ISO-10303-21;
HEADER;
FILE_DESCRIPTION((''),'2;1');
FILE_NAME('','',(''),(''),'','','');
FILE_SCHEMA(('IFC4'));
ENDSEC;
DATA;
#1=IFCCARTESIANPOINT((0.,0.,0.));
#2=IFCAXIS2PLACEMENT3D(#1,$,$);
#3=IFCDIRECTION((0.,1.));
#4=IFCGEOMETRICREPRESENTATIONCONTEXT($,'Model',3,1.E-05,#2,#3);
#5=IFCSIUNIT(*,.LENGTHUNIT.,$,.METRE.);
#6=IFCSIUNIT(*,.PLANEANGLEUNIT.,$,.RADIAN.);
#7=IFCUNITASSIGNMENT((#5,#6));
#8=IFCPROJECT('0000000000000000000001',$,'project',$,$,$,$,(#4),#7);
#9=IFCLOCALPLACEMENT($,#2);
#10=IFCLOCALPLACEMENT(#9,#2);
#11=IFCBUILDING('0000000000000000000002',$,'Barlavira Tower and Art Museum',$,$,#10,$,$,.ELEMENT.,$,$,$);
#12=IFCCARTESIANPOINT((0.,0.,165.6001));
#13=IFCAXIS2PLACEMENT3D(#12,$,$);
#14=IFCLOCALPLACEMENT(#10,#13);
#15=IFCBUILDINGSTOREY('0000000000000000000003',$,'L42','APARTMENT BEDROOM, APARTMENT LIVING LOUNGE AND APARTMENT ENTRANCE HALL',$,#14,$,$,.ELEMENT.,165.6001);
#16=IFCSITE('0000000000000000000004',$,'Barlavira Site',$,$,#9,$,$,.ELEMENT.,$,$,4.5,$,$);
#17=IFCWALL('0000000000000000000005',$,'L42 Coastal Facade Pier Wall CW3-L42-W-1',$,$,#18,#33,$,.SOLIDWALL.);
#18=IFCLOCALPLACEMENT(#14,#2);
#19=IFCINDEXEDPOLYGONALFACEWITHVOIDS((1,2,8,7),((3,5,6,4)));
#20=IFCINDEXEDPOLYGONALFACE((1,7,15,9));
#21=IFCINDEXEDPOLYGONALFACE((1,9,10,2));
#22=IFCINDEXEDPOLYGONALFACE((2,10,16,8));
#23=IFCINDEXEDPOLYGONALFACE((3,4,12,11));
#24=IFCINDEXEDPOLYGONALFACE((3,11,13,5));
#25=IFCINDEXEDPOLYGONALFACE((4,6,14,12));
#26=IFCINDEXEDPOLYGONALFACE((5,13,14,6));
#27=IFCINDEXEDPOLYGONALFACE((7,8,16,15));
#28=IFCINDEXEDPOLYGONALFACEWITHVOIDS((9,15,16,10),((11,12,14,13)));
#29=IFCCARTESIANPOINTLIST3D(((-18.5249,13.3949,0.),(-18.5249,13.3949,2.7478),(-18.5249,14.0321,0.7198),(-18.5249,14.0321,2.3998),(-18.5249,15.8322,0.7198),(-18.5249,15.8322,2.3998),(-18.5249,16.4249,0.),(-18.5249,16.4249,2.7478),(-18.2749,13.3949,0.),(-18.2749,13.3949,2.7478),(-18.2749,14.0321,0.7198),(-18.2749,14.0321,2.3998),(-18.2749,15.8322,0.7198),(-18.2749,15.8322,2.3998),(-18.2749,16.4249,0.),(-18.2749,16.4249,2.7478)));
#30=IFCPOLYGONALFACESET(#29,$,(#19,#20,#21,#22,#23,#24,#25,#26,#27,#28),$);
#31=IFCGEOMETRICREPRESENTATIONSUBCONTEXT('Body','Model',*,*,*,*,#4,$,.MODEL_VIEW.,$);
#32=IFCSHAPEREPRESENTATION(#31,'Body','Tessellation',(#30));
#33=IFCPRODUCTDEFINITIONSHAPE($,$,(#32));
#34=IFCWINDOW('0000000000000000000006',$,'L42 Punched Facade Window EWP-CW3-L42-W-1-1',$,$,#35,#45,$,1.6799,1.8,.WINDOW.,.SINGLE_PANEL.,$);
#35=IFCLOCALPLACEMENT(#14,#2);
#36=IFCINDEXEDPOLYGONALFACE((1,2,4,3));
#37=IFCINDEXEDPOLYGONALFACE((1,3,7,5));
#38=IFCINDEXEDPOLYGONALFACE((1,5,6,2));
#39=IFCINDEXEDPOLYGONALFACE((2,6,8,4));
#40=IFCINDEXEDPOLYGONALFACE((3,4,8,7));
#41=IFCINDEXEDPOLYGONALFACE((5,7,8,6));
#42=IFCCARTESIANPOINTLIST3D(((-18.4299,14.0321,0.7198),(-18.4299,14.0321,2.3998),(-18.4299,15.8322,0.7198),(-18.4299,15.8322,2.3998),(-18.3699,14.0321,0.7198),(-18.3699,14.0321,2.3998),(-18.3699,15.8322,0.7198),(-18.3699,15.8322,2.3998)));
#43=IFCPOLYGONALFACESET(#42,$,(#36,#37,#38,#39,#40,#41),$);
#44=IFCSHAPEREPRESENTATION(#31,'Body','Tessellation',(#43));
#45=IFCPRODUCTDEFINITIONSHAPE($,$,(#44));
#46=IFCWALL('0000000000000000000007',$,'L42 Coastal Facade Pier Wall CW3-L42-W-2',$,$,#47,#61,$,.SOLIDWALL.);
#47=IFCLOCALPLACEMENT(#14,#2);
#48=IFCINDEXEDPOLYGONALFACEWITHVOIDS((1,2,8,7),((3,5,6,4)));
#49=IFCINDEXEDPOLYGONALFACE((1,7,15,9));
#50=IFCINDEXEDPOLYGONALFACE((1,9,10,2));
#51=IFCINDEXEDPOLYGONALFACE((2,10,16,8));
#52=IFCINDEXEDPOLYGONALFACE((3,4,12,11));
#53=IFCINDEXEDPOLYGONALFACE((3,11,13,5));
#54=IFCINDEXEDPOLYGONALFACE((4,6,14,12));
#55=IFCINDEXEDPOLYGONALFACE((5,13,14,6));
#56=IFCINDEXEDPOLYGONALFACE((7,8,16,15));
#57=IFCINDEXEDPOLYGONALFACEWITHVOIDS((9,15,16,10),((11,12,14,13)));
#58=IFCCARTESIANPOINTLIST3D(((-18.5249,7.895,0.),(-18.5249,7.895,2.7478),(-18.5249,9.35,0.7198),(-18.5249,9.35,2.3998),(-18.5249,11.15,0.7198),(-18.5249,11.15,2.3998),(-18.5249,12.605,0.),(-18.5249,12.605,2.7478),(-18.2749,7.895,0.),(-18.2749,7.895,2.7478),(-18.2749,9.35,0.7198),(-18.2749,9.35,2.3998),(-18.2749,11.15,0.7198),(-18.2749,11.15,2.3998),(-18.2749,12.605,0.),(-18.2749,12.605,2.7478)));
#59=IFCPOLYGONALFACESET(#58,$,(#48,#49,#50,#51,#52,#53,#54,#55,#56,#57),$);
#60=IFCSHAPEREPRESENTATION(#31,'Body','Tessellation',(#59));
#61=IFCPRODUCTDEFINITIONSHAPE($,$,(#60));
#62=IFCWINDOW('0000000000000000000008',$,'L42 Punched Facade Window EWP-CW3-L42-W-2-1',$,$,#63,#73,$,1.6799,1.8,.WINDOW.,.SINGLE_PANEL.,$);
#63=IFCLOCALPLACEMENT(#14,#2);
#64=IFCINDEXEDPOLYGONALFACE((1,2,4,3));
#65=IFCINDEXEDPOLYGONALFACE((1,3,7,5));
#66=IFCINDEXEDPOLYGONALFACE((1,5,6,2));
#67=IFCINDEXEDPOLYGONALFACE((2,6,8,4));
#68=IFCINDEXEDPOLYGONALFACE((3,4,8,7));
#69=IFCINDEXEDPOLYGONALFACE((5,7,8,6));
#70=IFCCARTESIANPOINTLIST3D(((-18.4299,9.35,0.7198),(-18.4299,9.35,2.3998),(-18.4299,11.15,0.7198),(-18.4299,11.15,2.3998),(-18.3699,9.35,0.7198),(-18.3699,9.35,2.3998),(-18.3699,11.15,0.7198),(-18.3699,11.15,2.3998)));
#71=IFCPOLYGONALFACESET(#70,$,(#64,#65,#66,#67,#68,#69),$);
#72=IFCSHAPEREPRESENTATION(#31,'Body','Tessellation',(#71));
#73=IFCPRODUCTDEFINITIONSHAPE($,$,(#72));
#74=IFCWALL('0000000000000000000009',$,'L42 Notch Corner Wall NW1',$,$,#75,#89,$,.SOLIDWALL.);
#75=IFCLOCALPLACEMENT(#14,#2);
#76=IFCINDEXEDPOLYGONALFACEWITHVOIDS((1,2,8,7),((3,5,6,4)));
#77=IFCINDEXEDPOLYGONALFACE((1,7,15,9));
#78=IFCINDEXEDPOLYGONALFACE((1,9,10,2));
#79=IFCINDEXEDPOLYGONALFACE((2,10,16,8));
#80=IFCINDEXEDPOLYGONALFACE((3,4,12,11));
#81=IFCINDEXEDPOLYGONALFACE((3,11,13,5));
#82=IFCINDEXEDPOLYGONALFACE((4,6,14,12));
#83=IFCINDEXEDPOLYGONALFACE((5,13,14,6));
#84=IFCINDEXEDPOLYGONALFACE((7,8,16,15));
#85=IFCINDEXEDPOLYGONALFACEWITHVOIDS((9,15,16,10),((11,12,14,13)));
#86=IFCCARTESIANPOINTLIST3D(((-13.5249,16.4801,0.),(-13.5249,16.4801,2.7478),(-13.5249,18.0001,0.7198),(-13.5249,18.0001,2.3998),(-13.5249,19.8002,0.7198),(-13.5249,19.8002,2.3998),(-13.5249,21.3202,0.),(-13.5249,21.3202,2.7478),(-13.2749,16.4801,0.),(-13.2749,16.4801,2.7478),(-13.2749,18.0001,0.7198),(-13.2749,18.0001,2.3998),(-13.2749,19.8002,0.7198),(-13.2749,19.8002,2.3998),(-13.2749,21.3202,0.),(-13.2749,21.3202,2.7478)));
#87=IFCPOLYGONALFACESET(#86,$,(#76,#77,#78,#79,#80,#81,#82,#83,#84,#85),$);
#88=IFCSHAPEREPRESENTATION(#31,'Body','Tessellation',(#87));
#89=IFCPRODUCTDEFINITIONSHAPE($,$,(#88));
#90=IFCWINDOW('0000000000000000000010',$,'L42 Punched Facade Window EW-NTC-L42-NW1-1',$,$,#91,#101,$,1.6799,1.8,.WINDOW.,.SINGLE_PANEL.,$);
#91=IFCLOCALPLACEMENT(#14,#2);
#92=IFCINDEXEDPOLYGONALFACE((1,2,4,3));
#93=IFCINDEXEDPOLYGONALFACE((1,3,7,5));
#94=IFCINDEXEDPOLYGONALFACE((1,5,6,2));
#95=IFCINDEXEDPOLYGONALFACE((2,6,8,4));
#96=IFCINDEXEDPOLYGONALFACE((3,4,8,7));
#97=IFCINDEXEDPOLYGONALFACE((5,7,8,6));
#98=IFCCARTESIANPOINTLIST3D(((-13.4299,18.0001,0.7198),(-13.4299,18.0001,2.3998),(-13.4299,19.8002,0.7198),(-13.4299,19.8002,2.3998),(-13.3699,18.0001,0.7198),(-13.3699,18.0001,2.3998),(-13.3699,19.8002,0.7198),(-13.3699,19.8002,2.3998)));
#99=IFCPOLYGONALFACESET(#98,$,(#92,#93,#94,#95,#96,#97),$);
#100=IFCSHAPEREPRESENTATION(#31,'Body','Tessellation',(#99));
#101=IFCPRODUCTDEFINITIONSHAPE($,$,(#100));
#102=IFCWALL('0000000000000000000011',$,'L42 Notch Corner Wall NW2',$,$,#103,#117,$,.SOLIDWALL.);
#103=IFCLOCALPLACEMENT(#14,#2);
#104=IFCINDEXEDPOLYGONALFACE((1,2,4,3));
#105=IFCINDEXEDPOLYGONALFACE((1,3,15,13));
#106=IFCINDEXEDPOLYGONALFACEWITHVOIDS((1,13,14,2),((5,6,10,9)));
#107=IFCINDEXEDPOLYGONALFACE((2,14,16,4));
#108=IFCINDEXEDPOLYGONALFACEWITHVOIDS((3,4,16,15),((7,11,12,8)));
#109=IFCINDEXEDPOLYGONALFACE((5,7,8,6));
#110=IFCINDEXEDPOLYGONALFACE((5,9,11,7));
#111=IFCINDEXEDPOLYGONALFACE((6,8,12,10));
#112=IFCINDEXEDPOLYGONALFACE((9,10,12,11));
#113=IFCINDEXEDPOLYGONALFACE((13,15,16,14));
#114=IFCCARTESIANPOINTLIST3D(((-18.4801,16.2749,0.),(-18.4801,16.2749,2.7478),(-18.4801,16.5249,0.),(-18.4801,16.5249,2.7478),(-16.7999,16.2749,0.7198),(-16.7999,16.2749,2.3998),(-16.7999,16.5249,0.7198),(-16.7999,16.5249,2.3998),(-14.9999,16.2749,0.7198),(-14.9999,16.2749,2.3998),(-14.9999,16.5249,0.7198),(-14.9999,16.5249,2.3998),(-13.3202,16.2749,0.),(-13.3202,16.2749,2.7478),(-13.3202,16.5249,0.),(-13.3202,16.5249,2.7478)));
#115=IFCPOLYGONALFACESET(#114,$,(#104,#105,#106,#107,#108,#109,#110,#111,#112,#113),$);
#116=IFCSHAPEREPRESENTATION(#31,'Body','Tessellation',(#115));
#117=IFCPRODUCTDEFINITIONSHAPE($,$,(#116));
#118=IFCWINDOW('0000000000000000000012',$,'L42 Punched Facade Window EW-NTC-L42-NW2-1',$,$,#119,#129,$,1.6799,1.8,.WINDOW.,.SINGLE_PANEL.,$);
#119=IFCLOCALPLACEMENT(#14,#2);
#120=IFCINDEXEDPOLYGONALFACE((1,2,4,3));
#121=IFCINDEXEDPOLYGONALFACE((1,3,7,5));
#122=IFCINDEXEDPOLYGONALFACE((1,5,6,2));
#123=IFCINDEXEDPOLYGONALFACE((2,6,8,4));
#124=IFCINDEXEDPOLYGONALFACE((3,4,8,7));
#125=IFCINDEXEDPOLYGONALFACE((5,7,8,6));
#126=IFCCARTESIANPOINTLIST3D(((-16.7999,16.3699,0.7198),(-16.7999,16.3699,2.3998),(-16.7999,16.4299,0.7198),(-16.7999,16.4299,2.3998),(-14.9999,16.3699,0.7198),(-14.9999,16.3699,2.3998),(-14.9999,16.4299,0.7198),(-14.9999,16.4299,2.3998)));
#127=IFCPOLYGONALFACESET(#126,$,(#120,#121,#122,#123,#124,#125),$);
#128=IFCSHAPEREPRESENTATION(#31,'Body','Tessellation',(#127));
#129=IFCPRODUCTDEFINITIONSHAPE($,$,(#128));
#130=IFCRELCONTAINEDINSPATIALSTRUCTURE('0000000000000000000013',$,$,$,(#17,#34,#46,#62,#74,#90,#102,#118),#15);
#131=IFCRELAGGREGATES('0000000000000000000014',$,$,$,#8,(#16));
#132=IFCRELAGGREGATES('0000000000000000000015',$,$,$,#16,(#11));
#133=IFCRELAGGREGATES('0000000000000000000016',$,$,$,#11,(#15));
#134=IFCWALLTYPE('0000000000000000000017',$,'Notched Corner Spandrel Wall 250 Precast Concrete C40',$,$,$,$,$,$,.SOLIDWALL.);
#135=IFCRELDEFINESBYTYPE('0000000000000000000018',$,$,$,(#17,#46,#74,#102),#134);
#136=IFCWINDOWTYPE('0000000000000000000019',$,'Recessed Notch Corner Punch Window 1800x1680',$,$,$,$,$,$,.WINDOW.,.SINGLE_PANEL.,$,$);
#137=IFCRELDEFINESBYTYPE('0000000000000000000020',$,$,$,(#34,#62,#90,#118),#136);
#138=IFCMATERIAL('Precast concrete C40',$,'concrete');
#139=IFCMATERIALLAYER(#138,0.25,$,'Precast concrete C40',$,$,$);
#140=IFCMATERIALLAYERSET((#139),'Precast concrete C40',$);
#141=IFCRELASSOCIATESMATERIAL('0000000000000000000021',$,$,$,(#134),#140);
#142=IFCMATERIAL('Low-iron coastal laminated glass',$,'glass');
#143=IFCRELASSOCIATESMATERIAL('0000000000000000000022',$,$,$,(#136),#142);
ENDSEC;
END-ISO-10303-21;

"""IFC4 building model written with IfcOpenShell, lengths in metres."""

from ifc_helpers import new_model, si_unit, direction, frame, frame_2d, origin, place, context, subcontext, project, spatial, rectangle, extrude, material, layer, layer_set, type_object, element, fill, save


model = new_model("IFC4")

# Units and contexts
model_context = context("Model", 3, precision=1e-05, world=origin(), true_north=direction((0.0, 1.0)))
body_context = subcontext(model_context, "Body", "Model", "MODEL_VIEW")
ifc_project = project(units=[si_unit("LENGTHUNIT", "METRE"), si_unit("PLANEANGLEUNIT", "RADIAN")], contexts=[model_context])

# Site, building, storey
site_placement = place(None, origin())
site = spatial("IfcSite", under=ifc_project, at=site_placement, Name="Barlavira Site", CompositionType="ELEMENT", RefElevation=4.5)
building_placement = place(site_placement, origin())
building = spatial("IfcBuilding", under=site, at=building_placement, Name="Barlavira Tower and Art Museum", CompositionType="ELEMENT")
storey_placement = place(building_placement, frame((0.0, 0.0, 165.6001)))
storey = spatial("IfcBuildingStorey", under=building, at=storey_placement, Name="L42", Description="APARTMENT BEDROOM, APARTMENT LIVING LOUNGE AND APARTMENT ENTRANCE HALL", CompositionType="ELEMENT", Elevation=165.6001)

# Walls, openings, windows
ifc_material_1 = material(Name="Precast concrete C40", Category="concrete")
ifc_layer_1 = layer(ifc_material_1, 0.25, Name="Precast concrete C40")
ifc_layer_set_1 = layer_set([ifc_layer_1], Name="Precast concrete C40")
wall_type_1 = type_object("IfcWallType", Name="Notched Corner Spandrel Wall 250 Precast Concrete C40", PredefinedType="SOLIDWALL", material=ifc_layer_set_1)
ifc_material_2 = material(Name="Low-iron coastal laminated glass", Category="glass")
wall_1_placement = place(storey_placement, frame((-18.3999, 16.425, 0.0), z_axis=(0.0, 0.0, 1.0), x_axis=(0.0, -1.0, 0.0)))
wall_1 = element("IfcWall", 1, at=wall_1_placement, inside=storey, type_object=wall_type_1, Name="L42 Coastal Facade Pier Wall CW3-L42-W-1", PredefinedType="SOLIDWALL", context=body_context, shape_type="SweptSolid", body=[
    extrude(rectangle(XDim=3.03, YDim=0.25, at=frame_2d((1.5151, 0.0))), origin(), (0.0, 0.0, 1.0), 2.7478),
])
opening_1_placement = place(wall_1_placement, frame((0.593, 0.0, 0.72)))
opening_1 = element("IfcOpeningElement", 2, at=opening_1_placement, cuts=wall_1, PredefinedType="OPENING", context=body_context, shape_type="SweptSolid", body=[
    extrude(rectangle(XDim=1.8, YDim=1.6799, at=frame_2d((0.8999, 0.8398))), frame((0.0, 0.135, 0.0), z_axis=(0.0, -1.0, 0.0), x_axis=(1.0, 0.0, 0.0)), (0.0, 0.0, 1.0), 0.27),
])
window_type_1 = type_object("IfcWindowType", Name="Recessed Notch Corner Punch Window 1800x1680", PartitioningType="SINGLE_PANEL", PredefinedType="WINDOW", material=ifc_material_2)
window_1_placement = place(opening_1_placement, origin())
window_1 = element("IfcWindow", 3, at=window_1_placement, inside=storey, type_object=window_type_1, Name="L42 Punched Facade Window EWP-CW3-L42-W-1-1", OverallHeight=1.6799, OverallWidth=1.8, PartitioningType="SINGLE_PANEL", PredefinedType="WINDOW", context=body_context, shape_type="SweptSolid", body=[
    extrude(rectangle(XDim=1.8, YDim=1.6799, at=frame_2d((0.8999, 0.8398))), frame((0.0, 0.03, 0.0), z_axis=(0.0, -1.0, 0.0), x_axis=(1.0, 0.0, 0.0)), (0.0, 0.0, 1.0), 0.0601),
])
fill(opening_1, window_1)
wall_2_placement = place(storey_placement, frame((-18.3999, 12.605, 0.0), z_axis=(0.0, 0.0, 1.0), x_axis=(0.0, -1.0, 0.0)))
wall_2 = element("IfcWall", 4, at=wall_2_placement, inside=storey, type_object=wall_type_1, Name="L42 Coastal Facade Pier Wall CW3-L42-W-2", PredefinedType="SOLIDWALL", context=body_context, shape_type="SweptSolid", body=[
    extrude(rectangle(XDim=4.71, YDim=0.25, at=frame_2d((2.355, 0.0))), origin(), (0.0, 0.0, 1.0), 2.7478),
])
opening_2_placement = place(wall_2_placement, frame((1.4551, 0.0, 0.72)))
opening_2 = element("IfcOpeningElement", 5, at=opening_2_placement, cuts=wall_2, PredefinedType="OPENING", context=body_context, shape_type="SweptSolid", body=[
    extrude(rectangle(XDim=1.8, YDim=1.6799, at=frame_2d((0.8999, 0.8398))), frame((0.0, 0.135, 0.0), z_axis=(0.0, -1.0, 0.0), x_axis=(1.0, 0.0, 0.0)), (0.0, 0.0, 1.0), 0.27),
])
window_2_placement = place(opening_2_placement, origin())
window_2 = element("IfcWindow", 6, at=window_2_placement, inside=storey, type_object=window_type_1, Name="L42 Punched Facade Window EWP-CW3-L42-W-2-1", OverallHeight=1.6799, OverallWidth=1.8, PartitioningType="SINGLE_PANEL", PredefinedType="WINDOW", context=body_context, shape_type="SweptSolid", body=[
    extrude(rectangle(XDim=1.8, YDim=1.6799, at=frame_2d((0.8999, 0.8398))), frame((0.0, 0.03, 0.0), z_axis=(0.0, -1.0, 0.0), x_axis=(1.0, 0.0, 0.0)), (0.0, 0.0, 1.0), 0.0601),
])
fill(opening_2, window_2)
wall_3_placement = place(storey_placement, frame((-13.3999, 21.3201, 0.0), z_axis=(0.0, 0.0, 1.0), x_axis=(0.0, -1.0, 0.0)))
wall_3 = element("IfcWall", 7, at=wall_3_placement, inside=storey, type_object=wall_type_1, Name="L42 Notch Corner Wall NW1", PredefinedType="SOLIDWALL", context=body_context, shape_type="SweptSolid", body=[
    extrude(rectangle(XDim=4.8401, YDim=0.25, at=frame_2d((2.4199, 0.0))), origin(), (0.0, 0.0, 1.0), 2.7478),
])
opening_3_placement = place(wall_3_placement, frame((1.52, 0.0, 0.72)))
opening_3 = element("IfcOpeningElement", 8, at=opening_3_placement, cuts=wall_3, PredefinedType="OPENING", context=body_context, shape_type="SweptSolid", body=[
    extrude(rectangle(XDim=1.8, YDim=1.6799, at=frame_2d((0.8999, 0.8398))), frame((0.0, 0.135, 0.0), z_axis=(0.0, -1.0, 0.0), x_axis=(1.0, 0.0, 0.0)), (0.0, 0.0, 1.0), 0.27),
])
window_3_placement = place(opening_3_placement, origin())
window_3 = element("IfcWindow", 9, at=window_3_placement, inside=storey, type_object=window_type_1, Name="L42 Punched Facade Window EW-NTC-L42-NW1-1", OverallHeight=1.6799, OverallWidth=1.8, PartitioningType="SINGLE_PANEL", PredefinedType="WINDOW", context=body_context, shape_type="SweptSolid", body=[
    extrude(rectangle(XDim=1.8, YDim=1.6799, at=frame_2d((0.8999, 0.8398))), frame((0.0, 0.03, 0.0), z_axis=(0.0, -1.0, 0.0), x_axis=(1.0, 0.0, 0.0)), (0.0, 0.0, 1.0), 0.0601),
])
fill(opening_3, window_3)
wall_4_placement = place(storey_placement, frame((-13.3201, 16.3999, 0.0), z_axis=(0.0, 0.0, 1.0), x_axis=(-1.0, 0.0, 0.0)))
wall_4 = element("IfcWall", 10, at=wall_4_placement, inside=storey, type_object=wall_type_1, Name="L42 Notch Corner Wall NW2", PredefinedType="SOLIDWALL", context=body_context, shape_type="SweptSolid", body=[
    extrude(rectangle(XDim=5.1599, YDim=0.25, at=frame_2d((2.5801, 0.0))), origin(), (0.0, 0.0, 1.0), 2.7478),
])
opening_4_placement = place(wall_4_placement, frame((1.6799, 0.0, 0.72)))
opening_4 = element("IfcOpeningElement", 11, at=opening_4_placement, cuts=wall_4, PredefinedType="OPENING", context=body_context, shape_type="SweptSolid", body=[
    extrude(rectangle(XDim=1.8, YDim=1.6799, at=frame_2d((0.8999, 0.8398))), frame((0.0, 0.135, 0.0), z_axis=(0.0, -1.0, 0.0), x_axis=(1.0, 0.0, 0.0)), (0.0, 0.0, 1.0), 0.27),
])
window_4_placement = place(opening_4_placement, origin())
window_4 = element("IfcWindow", 12, at=window_4_placement, inside=storey, type_object=window_type_1, Name="L42 Punched Facade Window EW-NTC-L42-NW2-1", OverallHeight=1.6799, OverallWidth=1.8, PartitioningType="SINGLE_PANEL", PredefinedType="WINDOW", context=body_context, shape_type="SweptSolid", body=[
    extrude(rectangle(XDim=1.8, YDim=1.6799, at=frame_2d((0.8999, 0.8398))), frame((0.0, 0.03, 0.0), z_axis=(0.0, -1.0, 0.0), x_axis=(1.0, 0.0, 0.0)), (0.0, 0.0, 1.0), 0.0601),
])
fill(opening_4, window_4)

save(model, "model.ifc")
